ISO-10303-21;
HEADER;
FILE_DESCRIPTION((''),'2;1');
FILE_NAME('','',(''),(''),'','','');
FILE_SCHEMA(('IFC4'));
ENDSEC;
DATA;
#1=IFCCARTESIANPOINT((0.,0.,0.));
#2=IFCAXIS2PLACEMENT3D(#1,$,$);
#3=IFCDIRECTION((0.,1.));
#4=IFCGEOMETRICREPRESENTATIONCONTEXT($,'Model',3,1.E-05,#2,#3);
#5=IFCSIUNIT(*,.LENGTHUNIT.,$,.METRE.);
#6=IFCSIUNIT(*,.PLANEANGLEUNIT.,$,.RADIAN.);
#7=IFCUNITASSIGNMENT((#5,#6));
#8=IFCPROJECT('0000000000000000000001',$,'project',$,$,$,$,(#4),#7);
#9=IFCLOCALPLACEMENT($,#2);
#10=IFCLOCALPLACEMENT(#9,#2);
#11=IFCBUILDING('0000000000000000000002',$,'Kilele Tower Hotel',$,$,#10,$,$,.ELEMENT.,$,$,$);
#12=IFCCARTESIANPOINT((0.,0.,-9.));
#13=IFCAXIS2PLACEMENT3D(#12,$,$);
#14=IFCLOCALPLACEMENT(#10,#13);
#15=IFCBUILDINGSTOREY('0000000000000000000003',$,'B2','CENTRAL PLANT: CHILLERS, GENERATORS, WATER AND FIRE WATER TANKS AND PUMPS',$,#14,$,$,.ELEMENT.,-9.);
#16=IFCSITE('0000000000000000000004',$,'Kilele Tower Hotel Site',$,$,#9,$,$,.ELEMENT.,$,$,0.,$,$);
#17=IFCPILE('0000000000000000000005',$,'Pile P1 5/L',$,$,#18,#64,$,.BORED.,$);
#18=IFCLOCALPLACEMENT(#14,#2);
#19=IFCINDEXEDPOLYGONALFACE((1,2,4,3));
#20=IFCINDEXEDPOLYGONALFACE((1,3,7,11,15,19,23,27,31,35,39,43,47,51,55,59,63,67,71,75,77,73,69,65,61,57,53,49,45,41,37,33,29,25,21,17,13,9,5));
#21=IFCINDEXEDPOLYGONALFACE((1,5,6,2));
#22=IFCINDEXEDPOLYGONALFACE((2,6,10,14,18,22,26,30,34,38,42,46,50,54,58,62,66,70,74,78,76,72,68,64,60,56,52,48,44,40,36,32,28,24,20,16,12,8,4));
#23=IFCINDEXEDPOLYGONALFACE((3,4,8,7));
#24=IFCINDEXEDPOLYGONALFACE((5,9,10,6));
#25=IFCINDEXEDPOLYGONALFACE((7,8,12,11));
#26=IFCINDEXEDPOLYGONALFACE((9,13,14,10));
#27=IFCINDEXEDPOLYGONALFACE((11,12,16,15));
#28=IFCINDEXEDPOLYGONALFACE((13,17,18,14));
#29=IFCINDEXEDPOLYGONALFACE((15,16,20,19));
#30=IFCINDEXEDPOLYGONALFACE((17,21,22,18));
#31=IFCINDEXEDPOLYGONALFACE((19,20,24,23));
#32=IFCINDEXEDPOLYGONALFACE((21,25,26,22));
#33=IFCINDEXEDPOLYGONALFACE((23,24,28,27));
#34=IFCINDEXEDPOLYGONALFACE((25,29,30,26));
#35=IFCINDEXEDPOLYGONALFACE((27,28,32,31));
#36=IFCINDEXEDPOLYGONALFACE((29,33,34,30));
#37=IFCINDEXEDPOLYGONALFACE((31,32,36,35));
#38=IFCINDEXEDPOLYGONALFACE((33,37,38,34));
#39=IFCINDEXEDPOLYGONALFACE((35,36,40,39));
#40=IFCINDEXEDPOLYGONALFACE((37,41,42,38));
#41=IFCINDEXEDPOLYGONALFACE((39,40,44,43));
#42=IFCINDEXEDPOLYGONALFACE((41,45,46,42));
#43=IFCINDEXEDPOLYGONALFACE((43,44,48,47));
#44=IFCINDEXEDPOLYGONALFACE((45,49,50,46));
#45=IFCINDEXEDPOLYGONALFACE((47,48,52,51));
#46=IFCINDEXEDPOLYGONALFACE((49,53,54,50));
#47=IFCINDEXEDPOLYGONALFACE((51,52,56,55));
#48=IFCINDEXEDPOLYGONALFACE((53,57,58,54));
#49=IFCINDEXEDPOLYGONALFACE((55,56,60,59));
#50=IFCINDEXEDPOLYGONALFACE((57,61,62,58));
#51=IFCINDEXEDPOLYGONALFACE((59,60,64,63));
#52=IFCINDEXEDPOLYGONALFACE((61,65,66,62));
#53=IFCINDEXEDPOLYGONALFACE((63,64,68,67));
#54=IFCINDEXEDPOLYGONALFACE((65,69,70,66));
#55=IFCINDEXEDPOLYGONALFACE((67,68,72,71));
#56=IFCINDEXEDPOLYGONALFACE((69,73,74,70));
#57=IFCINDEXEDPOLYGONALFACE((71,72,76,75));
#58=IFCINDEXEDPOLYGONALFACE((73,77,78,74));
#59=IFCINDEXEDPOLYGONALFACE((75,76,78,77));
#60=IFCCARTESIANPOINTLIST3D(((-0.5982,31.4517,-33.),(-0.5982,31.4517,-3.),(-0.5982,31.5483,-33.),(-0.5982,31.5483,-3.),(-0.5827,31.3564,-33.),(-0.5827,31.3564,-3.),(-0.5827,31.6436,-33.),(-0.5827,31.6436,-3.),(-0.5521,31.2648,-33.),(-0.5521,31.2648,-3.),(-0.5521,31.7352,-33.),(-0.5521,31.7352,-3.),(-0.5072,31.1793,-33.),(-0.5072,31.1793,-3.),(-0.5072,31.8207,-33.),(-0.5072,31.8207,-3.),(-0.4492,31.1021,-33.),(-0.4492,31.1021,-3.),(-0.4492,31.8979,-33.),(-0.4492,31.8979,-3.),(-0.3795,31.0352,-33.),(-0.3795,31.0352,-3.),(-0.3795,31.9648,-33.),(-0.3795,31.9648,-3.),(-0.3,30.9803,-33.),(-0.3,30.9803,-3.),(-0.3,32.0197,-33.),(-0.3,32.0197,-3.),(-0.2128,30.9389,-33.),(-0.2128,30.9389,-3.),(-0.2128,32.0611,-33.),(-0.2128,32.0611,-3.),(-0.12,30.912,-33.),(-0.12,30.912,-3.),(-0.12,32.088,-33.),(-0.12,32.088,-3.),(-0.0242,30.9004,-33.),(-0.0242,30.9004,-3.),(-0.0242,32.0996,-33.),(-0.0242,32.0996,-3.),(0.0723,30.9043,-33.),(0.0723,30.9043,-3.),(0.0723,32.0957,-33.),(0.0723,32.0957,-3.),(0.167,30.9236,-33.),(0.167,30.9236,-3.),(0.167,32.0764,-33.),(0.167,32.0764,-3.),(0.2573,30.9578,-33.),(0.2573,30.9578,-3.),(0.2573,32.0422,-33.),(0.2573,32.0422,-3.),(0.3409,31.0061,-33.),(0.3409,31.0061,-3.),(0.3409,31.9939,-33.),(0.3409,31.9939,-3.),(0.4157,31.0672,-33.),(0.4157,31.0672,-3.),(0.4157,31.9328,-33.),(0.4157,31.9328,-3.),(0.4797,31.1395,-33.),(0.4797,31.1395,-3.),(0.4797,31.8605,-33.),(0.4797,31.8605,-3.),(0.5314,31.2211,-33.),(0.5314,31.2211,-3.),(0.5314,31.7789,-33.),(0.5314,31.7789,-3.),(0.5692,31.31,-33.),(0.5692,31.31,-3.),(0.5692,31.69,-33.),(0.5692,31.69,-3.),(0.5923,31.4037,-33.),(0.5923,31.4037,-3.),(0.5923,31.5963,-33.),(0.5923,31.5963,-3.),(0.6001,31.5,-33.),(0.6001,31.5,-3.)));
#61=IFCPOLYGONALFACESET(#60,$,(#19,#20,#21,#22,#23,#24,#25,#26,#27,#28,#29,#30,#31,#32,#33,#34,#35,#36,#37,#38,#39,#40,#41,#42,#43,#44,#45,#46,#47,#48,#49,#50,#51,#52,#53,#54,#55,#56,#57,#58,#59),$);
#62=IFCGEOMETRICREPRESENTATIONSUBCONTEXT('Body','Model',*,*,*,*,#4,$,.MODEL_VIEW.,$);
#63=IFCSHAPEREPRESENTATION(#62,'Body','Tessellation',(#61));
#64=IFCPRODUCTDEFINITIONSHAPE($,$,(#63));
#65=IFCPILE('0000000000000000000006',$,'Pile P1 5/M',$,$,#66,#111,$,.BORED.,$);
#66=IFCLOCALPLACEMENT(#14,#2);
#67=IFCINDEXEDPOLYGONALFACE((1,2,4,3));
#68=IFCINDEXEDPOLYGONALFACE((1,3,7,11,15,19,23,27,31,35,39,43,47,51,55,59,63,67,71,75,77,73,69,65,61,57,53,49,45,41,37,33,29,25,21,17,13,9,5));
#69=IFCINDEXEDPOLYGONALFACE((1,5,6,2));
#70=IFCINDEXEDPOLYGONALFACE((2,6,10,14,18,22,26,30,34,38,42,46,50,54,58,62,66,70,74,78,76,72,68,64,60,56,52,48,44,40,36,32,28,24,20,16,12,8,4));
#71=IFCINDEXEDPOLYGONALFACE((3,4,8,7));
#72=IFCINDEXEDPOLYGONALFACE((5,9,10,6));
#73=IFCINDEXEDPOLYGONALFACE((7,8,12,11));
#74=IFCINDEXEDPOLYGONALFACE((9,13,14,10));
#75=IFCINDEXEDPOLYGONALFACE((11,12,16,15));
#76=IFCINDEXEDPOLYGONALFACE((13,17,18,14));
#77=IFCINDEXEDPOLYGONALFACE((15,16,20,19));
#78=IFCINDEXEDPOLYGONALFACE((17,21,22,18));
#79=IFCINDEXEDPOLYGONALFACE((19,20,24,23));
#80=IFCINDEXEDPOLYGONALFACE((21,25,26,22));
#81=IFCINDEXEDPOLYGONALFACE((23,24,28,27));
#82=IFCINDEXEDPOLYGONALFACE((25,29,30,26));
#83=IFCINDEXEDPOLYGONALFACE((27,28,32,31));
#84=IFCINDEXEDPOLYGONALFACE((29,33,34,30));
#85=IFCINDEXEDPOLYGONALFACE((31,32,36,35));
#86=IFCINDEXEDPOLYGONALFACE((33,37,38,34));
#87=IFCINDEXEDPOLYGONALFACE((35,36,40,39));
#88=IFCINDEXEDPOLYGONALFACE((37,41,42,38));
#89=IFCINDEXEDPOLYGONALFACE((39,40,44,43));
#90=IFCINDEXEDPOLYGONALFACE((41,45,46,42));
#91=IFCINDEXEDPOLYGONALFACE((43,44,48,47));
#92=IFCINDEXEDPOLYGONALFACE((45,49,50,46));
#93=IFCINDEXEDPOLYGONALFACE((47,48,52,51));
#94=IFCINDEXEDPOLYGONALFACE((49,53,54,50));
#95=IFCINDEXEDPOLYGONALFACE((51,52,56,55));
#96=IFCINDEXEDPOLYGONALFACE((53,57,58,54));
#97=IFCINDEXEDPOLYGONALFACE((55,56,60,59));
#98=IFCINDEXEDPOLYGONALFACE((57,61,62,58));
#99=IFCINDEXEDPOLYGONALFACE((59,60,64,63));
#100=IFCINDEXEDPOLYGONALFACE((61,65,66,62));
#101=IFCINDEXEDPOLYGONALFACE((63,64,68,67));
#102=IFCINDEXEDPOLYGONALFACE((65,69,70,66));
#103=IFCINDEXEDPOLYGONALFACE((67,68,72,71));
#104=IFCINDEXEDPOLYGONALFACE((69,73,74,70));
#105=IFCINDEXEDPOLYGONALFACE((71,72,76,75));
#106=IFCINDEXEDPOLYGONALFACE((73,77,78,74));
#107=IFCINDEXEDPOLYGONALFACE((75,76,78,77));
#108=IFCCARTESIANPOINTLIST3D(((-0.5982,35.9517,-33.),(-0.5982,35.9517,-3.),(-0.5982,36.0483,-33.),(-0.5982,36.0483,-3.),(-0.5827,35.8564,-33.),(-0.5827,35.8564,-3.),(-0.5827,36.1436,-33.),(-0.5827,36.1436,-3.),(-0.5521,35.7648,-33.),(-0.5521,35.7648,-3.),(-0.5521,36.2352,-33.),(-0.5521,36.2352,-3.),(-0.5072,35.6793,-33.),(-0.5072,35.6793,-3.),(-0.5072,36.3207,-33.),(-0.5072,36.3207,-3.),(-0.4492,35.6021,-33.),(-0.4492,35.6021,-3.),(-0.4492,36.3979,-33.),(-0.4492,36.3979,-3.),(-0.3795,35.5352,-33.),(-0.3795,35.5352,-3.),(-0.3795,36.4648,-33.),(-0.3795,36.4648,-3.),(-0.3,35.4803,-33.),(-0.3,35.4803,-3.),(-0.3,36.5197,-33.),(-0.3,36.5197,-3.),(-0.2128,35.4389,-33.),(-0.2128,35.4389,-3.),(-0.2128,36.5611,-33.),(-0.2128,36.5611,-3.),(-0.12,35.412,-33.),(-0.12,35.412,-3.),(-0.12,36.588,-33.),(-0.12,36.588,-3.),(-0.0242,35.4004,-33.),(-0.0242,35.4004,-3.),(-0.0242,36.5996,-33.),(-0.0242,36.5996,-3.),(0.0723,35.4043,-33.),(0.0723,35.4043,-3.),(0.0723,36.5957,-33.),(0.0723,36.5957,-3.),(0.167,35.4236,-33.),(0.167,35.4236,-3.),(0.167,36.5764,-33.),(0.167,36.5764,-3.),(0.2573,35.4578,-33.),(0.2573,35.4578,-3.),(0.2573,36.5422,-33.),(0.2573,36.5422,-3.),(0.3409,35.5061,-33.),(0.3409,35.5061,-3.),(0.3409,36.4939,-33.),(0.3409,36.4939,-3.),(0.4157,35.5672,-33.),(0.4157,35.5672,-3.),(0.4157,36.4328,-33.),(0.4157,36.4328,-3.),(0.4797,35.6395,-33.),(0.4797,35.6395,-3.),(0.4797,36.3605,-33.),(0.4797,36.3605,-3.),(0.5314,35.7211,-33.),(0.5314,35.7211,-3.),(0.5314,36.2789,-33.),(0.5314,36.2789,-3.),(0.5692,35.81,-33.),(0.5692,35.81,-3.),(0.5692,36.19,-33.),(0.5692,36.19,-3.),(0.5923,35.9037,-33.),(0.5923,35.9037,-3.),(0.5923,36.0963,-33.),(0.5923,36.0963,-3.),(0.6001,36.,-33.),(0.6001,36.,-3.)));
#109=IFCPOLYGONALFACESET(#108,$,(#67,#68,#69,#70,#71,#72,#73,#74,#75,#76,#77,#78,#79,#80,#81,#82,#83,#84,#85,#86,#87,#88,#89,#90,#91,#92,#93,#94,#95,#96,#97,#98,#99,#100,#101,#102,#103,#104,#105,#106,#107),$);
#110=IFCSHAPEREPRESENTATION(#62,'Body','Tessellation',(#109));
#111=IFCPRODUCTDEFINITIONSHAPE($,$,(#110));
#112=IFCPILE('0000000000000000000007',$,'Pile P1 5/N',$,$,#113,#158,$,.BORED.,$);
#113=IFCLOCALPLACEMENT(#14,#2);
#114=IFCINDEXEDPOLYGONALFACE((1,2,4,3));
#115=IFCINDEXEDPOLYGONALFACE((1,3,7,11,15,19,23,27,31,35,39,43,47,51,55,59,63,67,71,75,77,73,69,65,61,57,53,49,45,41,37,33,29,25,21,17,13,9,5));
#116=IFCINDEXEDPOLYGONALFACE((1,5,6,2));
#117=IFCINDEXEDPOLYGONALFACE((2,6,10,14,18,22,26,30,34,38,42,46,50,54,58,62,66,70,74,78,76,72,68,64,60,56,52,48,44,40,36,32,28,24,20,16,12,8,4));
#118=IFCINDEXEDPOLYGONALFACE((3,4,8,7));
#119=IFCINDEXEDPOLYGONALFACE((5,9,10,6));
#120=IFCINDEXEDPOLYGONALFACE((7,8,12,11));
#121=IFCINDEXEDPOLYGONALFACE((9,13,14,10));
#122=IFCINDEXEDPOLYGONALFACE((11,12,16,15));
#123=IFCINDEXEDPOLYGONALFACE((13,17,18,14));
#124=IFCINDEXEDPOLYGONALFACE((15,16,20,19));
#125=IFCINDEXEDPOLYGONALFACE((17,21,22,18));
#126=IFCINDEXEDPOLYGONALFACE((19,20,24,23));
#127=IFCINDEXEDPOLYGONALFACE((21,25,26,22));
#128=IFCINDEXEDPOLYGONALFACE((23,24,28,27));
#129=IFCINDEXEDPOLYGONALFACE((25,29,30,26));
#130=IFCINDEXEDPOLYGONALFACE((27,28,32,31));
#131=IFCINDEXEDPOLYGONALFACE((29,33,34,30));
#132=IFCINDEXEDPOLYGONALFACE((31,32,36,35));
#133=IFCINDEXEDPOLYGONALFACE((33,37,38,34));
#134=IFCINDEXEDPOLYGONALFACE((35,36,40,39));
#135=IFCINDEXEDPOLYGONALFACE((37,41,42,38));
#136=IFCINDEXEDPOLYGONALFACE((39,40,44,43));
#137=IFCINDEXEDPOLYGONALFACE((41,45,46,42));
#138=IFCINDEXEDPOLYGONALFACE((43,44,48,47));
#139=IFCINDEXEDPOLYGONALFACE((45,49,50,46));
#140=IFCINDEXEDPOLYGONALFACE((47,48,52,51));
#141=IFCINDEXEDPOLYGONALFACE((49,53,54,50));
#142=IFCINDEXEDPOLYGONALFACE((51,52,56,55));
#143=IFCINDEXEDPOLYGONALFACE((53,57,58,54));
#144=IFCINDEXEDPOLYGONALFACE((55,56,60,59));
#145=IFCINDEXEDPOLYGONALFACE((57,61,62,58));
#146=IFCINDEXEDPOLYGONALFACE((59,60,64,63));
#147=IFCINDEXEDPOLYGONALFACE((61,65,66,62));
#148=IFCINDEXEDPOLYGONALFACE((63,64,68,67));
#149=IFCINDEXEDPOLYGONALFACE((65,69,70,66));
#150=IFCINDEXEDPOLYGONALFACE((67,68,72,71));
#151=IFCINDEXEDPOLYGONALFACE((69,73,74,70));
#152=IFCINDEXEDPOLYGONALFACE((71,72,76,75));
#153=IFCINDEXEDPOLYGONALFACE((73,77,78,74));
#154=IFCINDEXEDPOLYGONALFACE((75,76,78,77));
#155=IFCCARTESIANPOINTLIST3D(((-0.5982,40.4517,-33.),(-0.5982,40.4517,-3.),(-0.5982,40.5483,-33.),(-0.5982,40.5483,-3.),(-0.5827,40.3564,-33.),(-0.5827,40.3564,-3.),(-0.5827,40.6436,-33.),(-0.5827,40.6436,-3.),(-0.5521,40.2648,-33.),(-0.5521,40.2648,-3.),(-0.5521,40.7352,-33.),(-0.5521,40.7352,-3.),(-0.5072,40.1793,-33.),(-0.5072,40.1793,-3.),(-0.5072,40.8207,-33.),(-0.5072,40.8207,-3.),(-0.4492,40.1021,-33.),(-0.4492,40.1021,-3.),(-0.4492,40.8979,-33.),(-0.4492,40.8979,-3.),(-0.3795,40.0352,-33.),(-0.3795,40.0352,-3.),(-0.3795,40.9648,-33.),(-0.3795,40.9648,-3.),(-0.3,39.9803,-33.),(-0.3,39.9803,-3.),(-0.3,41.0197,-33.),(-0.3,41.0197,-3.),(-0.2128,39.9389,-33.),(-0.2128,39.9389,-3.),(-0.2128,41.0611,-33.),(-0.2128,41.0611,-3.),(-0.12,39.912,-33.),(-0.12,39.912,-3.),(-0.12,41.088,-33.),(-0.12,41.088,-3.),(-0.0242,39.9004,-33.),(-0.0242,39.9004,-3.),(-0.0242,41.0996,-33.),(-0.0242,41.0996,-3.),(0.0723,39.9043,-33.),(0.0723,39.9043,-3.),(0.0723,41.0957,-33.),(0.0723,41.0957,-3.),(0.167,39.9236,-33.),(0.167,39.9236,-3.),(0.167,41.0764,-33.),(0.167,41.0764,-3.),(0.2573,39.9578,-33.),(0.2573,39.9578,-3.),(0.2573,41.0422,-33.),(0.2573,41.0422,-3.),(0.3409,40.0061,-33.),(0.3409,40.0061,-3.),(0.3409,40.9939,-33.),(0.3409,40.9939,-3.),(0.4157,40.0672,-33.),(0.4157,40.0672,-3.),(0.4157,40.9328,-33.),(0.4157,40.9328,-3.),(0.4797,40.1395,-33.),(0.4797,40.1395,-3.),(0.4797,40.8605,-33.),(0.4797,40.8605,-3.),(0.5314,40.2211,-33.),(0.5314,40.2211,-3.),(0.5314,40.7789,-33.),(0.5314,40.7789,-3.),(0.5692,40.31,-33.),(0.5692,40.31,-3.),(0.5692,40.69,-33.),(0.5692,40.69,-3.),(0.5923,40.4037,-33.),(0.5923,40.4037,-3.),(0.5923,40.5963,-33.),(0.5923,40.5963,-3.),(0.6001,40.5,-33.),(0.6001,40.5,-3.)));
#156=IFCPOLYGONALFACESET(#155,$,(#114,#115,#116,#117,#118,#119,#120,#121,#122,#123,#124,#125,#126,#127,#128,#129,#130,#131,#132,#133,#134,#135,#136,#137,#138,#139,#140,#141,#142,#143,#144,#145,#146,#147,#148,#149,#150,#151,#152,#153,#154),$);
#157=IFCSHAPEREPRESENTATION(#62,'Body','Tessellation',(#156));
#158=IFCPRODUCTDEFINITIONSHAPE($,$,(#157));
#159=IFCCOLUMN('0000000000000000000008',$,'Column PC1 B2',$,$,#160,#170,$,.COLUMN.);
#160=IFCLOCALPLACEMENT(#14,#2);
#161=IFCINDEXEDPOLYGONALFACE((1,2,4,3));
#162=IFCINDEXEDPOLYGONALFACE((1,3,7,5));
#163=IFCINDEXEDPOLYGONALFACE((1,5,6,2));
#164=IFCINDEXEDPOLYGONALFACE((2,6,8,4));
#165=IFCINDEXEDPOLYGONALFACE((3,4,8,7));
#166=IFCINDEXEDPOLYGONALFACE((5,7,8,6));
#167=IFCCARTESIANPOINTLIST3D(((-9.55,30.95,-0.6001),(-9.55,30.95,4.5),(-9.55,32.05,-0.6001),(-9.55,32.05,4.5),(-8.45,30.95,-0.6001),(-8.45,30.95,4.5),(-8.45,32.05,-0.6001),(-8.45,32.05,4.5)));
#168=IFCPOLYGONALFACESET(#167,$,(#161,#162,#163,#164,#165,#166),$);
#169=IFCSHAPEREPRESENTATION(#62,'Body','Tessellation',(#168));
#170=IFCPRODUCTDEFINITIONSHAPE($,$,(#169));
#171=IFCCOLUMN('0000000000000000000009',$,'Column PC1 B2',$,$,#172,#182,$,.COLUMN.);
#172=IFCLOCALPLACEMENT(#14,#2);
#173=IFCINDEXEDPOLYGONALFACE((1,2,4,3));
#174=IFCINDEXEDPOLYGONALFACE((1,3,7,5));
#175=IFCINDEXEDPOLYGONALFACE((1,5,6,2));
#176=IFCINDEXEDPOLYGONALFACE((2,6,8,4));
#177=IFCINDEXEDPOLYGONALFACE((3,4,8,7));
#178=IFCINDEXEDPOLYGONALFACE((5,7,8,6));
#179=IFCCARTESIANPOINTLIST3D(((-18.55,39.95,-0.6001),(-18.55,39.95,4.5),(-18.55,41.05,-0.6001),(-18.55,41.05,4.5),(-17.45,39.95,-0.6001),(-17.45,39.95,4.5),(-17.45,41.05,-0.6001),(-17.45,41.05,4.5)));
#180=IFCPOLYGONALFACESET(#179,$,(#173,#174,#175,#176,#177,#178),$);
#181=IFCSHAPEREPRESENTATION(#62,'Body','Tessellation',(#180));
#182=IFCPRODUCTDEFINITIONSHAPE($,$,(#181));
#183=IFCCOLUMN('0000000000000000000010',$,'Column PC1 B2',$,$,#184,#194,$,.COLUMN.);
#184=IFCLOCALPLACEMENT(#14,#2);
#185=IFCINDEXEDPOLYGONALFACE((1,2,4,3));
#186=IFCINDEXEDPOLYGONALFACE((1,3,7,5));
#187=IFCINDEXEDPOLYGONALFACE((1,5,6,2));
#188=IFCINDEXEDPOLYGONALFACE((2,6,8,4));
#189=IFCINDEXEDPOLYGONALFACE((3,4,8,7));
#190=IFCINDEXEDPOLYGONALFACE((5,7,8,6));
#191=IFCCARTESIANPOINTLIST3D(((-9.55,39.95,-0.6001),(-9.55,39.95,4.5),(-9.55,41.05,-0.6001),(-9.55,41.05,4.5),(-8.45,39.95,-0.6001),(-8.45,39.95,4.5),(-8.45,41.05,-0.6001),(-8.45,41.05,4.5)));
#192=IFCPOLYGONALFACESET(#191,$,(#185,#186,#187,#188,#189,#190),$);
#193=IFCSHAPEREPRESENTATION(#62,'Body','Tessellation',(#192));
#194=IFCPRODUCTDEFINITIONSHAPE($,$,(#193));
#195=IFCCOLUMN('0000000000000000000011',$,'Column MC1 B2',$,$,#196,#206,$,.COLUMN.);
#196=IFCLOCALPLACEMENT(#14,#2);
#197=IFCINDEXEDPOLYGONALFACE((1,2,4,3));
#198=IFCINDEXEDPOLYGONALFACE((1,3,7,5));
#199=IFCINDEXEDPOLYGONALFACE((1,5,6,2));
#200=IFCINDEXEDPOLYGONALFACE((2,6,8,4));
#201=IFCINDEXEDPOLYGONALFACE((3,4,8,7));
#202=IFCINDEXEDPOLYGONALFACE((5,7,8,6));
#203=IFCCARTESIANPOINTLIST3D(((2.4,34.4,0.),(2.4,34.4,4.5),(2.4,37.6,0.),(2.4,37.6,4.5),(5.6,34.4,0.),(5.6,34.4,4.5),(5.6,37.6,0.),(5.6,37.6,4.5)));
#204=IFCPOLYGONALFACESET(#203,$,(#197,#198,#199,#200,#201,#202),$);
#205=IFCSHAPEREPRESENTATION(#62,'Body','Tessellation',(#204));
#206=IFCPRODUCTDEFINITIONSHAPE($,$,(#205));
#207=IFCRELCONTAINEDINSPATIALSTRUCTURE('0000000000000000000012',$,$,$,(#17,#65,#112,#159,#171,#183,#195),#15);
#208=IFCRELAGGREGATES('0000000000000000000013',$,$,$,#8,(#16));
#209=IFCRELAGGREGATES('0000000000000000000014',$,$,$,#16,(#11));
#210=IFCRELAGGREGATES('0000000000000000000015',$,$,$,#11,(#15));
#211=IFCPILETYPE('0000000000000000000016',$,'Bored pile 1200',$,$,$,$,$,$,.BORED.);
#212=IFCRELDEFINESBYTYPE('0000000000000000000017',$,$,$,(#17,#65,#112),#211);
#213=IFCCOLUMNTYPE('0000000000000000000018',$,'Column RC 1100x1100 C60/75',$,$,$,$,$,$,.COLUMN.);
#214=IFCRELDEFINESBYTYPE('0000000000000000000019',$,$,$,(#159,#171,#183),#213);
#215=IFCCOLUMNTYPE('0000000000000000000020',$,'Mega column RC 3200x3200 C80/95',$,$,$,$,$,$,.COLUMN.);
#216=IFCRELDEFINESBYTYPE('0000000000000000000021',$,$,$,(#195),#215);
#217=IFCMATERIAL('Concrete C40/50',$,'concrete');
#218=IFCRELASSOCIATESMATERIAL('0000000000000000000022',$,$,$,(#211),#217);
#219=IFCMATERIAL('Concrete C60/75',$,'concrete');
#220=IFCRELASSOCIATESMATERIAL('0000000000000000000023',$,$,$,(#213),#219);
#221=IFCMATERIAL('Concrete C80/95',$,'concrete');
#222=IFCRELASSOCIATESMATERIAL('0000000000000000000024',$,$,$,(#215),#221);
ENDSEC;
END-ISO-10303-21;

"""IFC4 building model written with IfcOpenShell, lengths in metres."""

from ifc_helpers import new_model, si_unit, direction, frame, origin, origin_2d, place, context, subcontext, project, spatial, rectangle, circle, extrude, material, material_profile, profile_set, type_object, element, save


model = new_model("IFC4")

# Units and contexts
model_context = context("Model", 3, precision=1e-05, world=origin(), true_north=direction((0.0, 1.0)))
body_context = subcontext(model_context, "Body", "Model", "MODEL_VIEW")
ifc_project = project(units=[si_unit("LENGTHUNIT", "METRE"), si_unit("PLANEANGLEUNIT", "RADIAN")], contexts=[model_context])

# Site, building, storey
site_placement = place(None, origin())
site = spatial("IfcSite", under=ifc_project, at=site_placement, Name="Kilele Tower Hotel Site", CompositionType="ELEMENT", RefElevation=0.0)
building_placement = place(site_placement, origin())
building = spatial("IfcBuilding", under=site, at=building_placement, Name="Kilele Tower Hotel", CompositionType="ELEMENT")
storey_placement = place(building_placement, frame((0.0, 0.0, -9.0)))
storey = spatial("IfcBuildingStorey", under=building, at=storey_placement, Name="B2", Description="CENTRAL PLANT: CHILLERS, GENERATORS, WATER AND FIRE WATER TANKS AND PUMPS", CompositionType="ELEMENT", Elevation=-9.0)

# Piles
ifc_material_1 = material(Name="Concrete C40/50", Category="concrete")
ifc_material_profile_1 = material_profile(ifc_material_1, circle(Radius=0.6001, at=origin_2d()))
ifc_profile_set_1 = profile_set([ifc_material_profile_1], Name="Concrete C40/50")
pile_type = type_object("IfcPileType", Name="Bored pile 1200", PredefinedType="BORED", material=ifc_profile_set_1)
for number, where, z_axis, x_axis, name in (
    (1, (0.0, 31.5, -3.0), (0.0, 0.0, -1.0), (1.0, 0.0, 0.0), "Pile P1 5/L"),
    (2, (0.0, 36.0, -3.0), (0.0, 0.0, -1.0), (1.0, 0.0, 0.0), "Pile P1 5/M"),
    (3, (0.0, 40.5, -3.0), (0.0, 0.0, -1.0), (1.0, 0.0, 0.0), "Pile P1 5/N"),
):
    element("IfcPile", number, at=place(storey_placement, frame(where, z_axis=z_axis, x_axis=x_axis)), inside=storey, type_object=pile_type, Name=name, PredefinedType="BORED", context=body_context, shape_type="SweptSolid", body=[
        extrude(circle(Radius=0.6001, at=origin_2d()), origin(), (0.0, 0.0, 1.0), 30.0),
    ])

# Columns
ifc_material_2 = material(Name="Concrete C60/75", Category="concrete")
ifc_material_profile_2 = material_profile(ifc_material_2, rectangle(XDim=1.1001, YDim=1.1001, at=origin_2d()))
ifc_profile_set_2 = profile_set([ifc_material_profile_2], Name="Concrete C60/75")
column_type_1 = type_object("IfcColumnType", Name="Column RC 1100x1100 C60/75", PredefinedType="COLUMN", material=ifc_profile_set_2)
for number, where, z_axis, x_axis, name in (
    (4, (-9.0, 31.5, -0.6001), (0.0, 0.0, 1.0), (1.0, 0.0, 0.0), "Column PC1 B2"),
    (5, (-18.0, 40.5, -0.6001), (0.0, 0.0, 1.0), (1.0, 0.0, 0.0), "Column PC1 B2"),
    (6, (-9.0, 40.5, -0.6001), (0.0, 0.0, 1.0), (1.0, 0.0, 0.0), "Column PC1 B2"),
):
    element("IfcColumn", number, at=place(storey_placement, frame(where, z_axis=z_axis, x_axis=x_axis)), inside=storey, type_object=column_type_1, Name=name, PredefinedType="COLUMN", context=body_context, shape_type="SweptSolid", body=[
        extrude(rectangle(XDim=1.1001, YDim=1.1001, at=origin_2d()), origin(), (0.0, 0.0, 1.0), 5.1001),
    ])
ifc_material_3 = material(Name="Concrete C80/95", Category="concrete")
ifc_material_profile_3 = material_profile(ifc_material_3, rectangle(XDim=3.2, YDim=3.2, at=origin_2d()))
ifc_profile_set_3 = profile_set([ifc_material_profile_3], Name="Concrete C80/95")
column_type_2 = type_object("IfcColumnType", Name="Mega column RC 3200x3200 C80/95", PredefinedType="COLUMN", material=ifc_profile_set_3)
for number, where, z_axis, x_axis, name in (
    (7, (4.0, 36.0, 0.0), (0.0, 0.0, 1.0), (1.0, 0.0, 0.0), "Column MC1 B2"),
):
    element("IfcColumn", number, at=place(storey_placement, frame(where, z_axis=z_axis, x_axis=x_axis)), inside=storey, type_object=column_type_2, Name=name, PredefinedType="COLUMN", context=body_context, shape_type="SweptSolid", body=[
        extrude(rectangle(XDim=3.2, YDim=3.2, at=origin_2d()), origin(), (0.0, 0.0, 1.0), 4.5),
    ])

save(model, "model.ifc")
